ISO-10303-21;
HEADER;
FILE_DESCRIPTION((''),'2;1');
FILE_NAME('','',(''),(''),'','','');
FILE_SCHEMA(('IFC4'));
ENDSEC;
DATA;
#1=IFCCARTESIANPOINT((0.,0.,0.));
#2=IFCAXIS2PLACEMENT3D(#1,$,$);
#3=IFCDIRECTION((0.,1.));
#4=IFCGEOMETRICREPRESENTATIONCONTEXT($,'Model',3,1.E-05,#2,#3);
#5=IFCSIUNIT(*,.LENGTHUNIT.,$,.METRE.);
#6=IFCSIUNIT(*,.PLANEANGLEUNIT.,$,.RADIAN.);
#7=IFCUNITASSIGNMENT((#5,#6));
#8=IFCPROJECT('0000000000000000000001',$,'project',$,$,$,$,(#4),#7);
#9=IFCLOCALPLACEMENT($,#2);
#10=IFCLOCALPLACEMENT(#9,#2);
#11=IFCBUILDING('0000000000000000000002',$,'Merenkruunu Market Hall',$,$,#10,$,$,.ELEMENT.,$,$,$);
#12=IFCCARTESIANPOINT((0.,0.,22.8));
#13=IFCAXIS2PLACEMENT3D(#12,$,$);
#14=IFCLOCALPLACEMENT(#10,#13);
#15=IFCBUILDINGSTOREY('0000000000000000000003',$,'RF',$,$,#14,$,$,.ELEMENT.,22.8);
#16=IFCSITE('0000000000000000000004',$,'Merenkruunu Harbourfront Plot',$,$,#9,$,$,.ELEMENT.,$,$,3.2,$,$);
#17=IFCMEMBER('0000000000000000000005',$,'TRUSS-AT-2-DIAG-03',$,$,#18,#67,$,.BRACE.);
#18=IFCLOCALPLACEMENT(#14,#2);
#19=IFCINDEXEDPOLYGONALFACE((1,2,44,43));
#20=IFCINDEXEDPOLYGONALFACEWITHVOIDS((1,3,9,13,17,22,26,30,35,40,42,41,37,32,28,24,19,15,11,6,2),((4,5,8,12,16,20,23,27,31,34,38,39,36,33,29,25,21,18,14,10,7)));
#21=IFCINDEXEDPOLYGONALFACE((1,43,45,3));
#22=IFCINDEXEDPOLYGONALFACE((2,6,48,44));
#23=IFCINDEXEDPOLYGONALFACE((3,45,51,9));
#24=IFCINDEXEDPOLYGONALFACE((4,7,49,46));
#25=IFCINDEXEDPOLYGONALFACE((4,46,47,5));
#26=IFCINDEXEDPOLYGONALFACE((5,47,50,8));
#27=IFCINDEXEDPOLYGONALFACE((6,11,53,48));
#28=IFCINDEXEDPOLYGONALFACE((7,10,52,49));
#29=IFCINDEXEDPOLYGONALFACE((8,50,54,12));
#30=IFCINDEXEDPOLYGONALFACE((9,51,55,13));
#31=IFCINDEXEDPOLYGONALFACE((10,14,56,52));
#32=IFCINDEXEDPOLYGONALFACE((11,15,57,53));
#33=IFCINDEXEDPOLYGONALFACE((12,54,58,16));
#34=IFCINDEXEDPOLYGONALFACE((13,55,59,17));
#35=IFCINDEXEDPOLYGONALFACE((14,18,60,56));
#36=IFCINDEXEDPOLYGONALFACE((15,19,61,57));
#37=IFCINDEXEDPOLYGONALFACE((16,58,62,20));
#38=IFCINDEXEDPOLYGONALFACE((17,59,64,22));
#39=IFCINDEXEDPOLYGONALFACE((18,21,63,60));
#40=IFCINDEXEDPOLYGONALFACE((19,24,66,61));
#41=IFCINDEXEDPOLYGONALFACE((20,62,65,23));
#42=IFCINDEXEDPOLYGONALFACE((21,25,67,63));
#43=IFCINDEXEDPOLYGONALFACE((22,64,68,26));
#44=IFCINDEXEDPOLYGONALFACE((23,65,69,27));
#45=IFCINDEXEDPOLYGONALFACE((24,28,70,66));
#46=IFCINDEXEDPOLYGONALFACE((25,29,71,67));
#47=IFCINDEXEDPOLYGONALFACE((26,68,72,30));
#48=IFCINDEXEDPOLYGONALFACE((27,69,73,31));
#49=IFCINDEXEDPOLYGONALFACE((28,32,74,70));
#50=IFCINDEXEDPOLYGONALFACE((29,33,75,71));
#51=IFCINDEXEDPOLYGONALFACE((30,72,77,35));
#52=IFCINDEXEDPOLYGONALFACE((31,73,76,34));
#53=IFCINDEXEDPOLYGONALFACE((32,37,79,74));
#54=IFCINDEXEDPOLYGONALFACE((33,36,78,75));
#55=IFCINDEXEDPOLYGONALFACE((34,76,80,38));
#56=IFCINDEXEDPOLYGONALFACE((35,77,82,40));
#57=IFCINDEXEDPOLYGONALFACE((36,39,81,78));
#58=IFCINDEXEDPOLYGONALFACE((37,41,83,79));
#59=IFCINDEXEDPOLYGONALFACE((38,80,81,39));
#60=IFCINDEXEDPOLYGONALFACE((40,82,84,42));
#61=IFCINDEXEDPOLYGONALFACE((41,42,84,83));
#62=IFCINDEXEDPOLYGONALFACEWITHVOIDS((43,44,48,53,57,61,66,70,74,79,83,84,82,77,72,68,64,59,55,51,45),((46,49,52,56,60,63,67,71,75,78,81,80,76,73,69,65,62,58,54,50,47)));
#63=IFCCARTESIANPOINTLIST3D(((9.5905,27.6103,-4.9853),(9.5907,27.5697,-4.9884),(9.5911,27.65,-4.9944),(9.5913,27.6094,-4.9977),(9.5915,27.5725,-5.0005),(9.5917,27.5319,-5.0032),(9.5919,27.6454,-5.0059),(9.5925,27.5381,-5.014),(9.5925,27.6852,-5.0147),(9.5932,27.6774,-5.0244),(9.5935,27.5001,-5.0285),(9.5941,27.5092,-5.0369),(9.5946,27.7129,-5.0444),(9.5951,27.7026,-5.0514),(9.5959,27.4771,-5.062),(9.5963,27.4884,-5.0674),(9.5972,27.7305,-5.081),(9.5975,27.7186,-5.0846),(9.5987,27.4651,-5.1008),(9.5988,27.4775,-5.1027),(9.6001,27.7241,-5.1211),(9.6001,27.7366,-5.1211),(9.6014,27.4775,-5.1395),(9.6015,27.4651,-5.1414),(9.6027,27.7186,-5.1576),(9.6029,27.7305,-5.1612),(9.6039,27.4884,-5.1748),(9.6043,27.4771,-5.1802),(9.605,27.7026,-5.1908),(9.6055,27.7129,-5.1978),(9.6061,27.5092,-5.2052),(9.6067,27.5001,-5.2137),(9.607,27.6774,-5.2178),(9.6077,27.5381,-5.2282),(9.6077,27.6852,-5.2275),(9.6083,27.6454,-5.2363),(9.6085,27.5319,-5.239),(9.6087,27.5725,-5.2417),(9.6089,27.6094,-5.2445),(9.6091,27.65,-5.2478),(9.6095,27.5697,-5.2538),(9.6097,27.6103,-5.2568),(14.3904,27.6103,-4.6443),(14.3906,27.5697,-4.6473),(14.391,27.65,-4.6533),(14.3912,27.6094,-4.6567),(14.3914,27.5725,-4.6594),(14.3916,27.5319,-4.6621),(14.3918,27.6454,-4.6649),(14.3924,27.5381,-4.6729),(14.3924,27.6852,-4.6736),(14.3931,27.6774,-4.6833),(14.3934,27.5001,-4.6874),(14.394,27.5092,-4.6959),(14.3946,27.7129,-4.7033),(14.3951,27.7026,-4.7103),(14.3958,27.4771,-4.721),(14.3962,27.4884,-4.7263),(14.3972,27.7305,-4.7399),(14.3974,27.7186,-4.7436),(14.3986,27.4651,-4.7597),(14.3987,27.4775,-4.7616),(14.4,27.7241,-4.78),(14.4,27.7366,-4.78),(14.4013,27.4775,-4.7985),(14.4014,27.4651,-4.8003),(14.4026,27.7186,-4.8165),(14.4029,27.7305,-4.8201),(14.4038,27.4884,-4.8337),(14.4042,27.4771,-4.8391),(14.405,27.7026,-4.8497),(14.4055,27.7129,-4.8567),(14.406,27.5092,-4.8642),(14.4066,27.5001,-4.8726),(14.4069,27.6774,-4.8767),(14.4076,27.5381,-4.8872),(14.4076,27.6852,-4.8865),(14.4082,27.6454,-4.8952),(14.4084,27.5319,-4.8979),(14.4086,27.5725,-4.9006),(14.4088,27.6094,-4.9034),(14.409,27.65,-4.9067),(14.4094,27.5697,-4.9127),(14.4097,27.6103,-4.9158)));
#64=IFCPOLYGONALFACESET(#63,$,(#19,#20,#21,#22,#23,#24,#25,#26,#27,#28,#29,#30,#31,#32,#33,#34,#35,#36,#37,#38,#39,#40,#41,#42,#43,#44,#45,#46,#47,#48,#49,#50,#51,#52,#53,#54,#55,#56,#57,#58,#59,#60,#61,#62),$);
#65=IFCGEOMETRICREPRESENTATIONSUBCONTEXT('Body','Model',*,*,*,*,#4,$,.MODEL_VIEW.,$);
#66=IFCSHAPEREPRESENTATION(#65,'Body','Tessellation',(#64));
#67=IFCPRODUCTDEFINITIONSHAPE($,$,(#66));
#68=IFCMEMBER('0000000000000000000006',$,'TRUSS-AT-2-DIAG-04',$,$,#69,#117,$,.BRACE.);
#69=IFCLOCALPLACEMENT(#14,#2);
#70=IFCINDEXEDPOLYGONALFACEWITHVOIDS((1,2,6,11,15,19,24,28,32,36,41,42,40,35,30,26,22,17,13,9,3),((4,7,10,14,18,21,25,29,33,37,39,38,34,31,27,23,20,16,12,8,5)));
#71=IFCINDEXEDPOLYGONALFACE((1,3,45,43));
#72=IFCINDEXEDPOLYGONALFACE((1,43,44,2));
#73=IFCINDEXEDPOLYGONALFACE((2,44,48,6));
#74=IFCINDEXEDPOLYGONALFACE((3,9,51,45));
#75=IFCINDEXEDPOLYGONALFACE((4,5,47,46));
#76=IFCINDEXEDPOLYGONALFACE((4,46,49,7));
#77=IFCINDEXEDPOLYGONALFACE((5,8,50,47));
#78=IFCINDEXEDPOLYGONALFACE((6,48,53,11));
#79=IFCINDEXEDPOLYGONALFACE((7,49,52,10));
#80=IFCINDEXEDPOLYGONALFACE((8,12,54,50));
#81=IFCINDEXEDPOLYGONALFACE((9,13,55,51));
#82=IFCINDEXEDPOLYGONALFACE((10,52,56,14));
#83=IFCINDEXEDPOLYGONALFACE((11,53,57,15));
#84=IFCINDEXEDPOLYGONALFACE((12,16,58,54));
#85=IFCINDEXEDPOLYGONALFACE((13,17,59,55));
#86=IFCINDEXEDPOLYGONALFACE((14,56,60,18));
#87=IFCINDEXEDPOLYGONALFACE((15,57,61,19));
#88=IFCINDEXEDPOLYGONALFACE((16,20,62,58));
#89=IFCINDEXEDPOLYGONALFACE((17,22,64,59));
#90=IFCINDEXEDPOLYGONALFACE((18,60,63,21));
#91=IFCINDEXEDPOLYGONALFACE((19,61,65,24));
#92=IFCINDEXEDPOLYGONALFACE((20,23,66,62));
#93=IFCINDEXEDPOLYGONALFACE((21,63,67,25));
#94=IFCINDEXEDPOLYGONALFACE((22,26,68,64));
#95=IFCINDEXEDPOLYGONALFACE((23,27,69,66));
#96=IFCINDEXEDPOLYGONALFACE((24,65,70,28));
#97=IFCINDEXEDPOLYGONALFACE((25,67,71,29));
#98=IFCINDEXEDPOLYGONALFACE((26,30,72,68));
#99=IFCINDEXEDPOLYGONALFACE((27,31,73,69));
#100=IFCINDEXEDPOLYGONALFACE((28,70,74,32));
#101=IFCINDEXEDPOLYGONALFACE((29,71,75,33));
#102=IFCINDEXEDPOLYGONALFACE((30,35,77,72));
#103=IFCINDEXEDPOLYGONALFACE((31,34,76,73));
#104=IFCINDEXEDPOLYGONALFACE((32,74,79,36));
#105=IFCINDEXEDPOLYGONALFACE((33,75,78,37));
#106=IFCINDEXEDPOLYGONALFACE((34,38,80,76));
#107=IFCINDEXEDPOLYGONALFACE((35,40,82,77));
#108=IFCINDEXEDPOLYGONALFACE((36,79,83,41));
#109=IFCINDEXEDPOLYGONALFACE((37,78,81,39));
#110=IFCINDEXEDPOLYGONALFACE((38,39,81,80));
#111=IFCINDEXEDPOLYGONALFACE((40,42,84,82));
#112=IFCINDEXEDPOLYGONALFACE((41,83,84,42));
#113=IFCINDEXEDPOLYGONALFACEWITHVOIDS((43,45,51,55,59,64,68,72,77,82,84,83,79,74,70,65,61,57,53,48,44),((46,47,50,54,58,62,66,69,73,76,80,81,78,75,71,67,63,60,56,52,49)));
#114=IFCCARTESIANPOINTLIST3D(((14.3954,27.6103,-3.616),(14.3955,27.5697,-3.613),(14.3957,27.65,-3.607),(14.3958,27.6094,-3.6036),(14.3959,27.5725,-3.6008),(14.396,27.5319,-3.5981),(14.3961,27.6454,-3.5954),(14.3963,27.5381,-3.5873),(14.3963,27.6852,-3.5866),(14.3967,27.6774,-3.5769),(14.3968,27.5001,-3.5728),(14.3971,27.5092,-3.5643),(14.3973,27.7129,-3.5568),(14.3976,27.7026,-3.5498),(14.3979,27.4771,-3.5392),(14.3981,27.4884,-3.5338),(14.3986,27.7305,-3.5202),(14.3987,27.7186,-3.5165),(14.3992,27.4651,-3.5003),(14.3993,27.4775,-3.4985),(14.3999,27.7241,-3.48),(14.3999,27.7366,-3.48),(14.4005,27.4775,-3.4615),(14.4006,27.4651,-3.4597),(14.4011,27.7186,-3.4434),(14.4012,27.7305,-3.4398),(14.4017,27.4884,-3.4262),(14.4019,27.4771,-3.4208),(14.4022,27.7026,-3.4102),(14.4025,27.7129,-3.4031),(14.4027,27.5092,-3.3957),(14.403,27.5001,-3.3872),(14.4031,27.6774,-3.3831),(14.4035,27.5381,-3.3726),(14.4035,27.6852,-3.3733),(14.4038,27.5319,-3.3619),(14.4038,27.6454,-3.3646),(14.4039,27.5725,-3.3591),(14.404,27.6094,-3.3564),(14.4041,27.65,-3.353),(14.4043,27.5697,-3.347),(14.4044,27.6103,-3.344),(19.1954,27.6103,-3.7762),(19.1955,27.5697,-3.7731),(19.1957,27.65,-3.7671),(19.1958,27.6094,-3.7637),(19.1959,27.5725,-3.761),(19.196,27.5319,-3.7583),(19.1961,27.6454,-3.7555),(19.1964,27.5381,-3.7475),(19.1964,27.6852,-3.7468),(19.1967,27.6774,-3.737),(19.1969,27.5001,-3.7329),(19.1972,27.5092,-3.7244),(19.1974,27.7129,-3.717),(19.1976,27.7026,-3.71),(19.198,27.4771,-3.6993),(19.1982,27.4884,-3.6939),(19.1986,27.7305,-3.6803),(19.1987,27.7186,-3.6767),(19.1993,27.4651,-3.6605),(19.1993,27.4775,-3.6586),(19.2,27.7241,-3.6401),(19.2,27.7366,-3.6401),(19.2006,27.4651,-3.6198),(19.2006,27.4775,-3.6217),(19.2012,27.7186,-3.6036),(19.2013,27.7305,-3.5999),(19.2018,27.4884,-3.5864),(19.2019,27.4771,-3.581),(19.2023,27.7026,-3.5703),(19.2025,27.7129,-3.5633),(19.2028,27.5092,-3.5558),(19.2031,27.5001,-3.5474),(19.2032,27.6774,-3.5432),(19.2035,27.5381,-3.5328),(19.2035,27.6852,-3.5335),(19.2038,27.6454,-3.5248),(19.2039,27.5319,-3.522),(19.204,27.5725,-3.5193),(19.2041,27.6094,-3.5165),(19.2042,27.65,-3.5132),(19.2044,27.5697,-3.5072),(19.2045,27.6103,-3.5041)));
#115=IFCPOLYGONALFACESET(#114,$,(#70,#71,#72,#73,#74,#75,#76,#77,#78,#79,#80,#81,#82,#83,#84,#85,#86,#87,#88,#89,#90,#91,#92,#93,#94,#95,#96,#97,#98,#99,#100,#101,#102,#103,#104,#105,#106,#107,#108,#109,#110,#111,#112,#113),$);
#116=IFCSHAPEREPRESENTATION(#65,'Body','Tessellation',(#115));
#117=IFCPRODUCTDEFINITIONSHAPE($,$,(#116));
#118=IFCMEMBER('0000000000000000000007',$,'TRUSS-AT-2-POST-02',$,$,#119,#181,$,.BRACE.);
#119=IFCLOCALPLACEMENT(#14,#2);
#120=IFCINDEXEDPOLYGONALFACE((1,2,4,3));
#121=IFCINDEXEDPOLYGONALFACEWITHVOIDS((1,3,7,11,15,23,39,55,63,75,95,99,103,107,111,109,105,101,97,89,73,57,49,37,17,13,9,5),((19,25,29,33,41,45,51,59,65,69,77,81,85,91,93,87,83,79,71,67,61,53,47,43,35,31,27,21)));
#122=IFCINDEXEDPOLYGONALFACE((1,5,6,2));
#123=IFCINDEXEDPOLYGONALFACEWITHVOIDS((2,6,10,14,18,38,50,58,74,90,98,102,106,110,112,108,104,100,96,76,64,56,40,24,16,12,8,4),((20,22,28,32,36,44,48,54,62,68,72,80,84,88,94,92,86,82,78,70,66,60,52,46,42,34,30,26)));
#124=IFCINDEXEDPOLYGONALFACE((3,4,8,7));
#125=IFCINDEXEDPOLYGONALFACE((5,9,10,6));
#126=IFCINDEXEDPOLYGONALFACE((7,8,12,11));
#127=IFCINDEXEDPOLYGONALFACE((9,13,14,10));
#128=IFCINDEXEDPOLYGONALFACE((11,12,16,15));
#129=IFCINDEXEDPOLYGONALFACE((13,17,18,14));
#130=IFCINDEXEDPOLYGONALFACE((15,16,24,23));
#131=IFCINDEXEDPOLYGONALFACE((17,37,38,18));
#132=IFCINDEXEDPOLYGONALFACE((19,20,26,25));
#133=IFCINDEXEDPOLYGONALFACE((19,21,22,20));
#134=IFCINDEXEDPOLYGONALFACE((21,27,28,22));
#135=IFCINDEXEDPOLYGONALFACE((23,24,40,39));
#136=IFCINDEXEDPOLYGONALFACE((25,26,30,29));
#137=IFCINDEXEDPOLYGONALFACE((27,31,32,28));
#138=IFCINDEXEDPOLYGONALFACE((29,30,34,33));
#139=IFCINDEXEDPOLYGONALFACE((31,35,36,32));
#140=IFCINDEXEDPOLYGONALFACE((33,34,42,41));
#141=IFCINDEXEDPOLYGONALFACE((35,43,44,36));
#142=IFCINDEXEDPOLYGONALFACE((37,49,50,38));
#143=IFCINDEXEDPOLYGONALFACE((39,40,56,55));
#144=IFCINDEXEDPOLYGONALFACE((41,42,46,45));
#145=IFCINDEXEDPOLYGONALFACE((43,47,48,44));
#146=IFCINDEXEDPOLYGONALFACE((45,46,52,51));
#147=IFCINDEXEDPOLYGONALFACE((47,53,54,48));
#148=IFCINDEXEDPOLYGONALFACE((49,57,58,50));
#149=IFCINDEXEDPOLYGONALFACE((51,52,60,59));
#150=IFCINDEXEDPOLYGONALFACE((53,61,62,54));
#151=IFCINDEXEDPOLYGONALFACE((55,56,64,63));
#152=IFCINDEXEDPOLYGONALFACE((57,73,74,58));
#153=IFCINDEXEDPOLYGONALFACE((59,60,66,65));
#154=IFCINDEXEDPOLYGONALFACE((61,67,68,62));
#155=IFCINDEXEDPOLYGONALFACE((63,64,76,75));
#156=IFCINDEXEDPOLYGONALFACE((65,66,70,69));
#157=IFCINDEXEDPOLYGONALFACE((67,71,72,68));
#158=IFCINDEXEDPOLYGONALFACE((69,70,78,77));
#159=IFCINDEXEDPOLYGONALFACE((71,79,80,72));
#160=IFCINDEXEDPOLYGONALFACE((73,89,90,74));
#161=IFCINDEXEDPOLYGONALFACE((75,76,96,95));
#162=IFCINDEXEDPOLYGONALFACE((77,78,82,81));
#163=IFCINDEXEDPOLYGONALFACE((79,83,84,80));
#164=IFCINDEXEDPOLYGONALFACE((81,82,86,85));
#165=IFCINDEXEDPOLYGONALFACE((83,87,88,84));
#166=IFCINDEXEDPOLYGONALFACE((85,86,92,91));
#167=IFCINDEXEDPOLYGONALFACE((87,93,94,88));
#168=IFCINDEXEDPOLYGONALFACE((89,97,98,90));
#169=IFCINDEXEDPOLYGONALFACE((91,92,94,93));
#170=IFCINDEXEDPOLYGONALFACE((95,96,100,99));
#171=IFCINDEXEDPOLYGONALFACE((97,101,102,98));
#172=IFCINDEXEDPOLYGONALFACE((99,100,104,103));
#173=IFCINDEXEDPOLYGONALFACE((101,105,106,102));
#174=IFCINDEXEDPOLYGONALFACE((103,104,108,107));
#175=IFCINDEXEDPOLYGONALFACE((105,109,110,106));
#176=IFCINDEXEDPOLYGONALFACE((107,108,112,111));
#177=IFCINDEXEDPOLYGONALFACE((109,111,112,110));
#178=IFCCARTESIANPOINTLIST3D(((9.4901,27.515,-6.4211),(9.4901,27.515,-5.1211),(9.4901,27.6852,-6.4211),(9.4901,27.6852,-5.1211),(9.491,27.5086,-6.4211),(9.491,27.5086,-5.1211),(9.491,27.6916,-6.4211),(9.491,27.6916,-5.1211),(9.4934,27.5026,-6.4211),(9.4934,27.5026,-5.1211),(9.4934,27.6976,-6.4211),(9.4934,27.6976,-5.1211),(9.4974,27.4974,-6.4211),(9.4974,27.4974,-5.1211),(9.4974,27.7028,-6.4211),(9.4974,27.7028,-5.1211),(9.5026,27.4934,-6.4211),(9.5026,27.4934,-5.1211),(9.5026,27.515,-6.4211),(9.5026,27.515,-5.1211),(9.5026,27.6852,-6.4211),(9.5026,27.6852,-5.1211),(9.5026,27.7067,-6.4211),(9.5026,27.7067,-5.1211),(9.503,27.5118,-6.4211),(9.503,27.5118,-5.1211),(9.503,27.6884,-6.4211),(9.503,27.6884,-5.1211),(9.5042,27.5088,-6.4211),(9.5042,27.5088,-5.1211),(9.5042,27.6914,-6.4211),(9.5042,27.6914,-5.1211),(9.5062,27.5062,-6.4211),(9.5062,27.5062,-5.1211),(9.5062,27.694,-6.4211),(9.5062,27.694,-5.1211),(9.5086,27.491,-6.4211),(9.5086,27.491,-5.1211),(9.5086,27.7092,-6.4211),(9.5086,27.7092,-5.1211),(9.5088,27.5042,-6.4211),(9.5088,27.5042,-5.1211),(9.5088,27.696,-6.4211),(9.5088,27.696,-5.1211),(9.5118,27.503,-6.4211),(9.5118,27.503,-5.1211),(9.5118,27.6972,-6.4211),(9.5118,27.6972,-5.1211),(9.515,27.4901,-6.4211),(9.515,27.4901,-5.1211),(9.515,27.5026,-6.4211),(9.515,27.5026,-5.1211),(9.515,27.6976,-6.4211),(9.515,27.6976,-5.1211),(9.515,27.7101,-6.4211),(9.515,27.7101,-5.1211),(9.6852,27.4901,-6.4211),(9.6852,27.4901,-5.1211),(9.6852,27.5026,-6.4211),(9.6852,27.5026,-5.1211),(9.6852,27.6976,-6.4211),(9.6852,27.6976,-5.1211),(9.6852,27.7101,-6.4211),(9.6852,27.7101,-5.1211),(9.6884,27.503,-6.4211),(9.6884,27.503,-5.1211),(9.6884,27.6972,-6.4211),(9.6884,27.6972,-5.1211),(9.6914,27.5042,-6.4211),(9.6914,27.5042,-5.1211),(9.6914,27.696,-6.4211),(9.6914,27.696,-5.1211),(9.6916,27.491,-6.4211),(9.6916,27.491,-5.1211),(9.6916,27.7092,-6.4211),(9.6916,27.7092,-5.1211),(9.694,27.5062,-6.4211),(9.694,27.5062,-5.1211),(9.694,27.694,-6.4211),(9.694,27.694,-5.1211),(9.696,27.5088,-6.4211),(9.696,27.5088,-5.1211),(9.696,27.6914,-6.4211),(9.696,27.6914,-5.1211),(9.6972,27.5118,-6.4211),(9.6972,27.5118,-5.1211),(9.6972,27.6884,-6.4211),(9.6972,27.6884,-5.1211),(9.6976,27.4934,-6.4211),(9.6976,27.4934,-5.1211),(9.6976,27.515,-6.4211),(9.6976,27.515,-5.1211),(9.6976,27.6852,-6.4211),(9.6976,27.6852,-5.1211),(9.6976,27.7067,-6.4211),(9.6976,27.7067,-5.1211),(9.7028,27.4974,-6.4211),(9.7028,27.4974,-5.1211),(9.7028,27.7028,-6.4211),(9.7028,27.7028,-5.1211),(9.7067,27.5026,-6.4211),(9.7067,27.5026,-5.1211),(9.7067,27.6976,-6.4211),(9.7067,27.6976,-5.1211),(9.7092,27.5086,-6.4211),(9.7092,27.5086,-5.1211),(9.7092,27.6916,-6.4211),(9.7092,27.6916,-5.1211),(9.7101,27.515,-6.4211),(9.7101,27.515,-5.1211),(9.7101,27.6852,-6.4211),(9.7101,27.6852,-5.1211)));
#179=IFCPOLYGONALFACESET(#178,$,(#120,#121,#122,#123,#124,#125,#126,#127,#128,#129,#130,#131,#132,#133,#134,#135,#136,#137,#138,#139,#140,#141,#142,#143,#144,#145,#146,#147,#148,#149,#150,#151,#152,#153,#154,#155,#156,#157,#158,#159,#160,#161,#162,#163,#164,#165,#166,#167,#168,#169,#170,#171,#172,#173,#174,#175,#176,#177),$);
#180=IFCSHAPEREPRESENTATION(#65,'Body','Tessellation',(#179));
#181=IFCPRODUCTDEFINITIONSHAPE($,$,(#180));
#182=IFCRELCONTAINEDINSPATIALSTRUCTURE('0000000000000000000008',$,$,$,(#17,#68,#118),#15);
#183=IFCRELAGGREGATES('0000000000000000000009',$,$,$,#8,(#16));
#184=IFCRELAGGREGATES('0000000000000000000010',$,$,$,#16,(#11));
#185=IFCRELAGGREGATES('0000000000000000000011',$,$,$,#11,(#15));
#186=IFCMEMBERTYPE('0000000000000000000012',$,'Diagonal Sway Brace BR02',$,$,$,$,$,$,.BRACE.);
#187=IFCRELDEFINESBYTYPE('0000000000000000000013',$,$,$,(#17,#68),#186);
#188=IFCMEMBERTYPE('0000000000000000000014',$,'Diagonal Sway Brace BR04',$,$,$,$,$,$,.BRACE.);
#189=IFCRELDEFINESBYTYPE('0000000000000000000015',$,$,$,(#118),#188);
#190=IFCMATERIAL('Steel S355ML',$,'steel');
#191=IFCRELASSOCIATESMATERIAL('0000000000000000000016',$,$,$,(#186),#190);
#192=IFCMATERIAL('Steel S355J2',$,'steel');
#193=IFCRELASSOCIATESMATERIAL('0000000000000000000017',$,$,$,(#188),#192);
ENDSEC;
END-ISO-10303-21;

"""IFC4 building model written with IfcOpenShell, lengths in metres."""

from ifc_helpers import new_model, si_unit, direction, frame, origin, origin_2d, place, context, subcontext, project, spatial, hollow_rectangle, hollow_circle, extrude, material, material_profile, profile_set, type_object, element, save


model = new_model("IFC4")

# Units and contexts
model_context = context("Model", 3, precision=1e-05, world=origin(), true_north=direction((0.0, 1.0)))
body_context = subcontext(model_context, "Body", "Model", "MODEL_VIEW")
ifc_project = project(units=[si_unit("LENGTHUNIT", "METRE"), si_unit("PLANEANGLEUNIT", "RADIAN")], contexts=[model_context])

# Site, building, storey
site_placement = place(None, origin())
site = spatial("IfcSite", under=ifc_project, at=site_placement, Name="Merenkruunu Harbourfront Plot", CompositionType="ELEMENT", RefElevation=3.2)
building_placement = place(site_placement, origin())
building = spatial("IfcBuilding", under=site, at=building_placement, Name="Merenkruunu Market Hall", CompositionType="ELEMENT")
storey_placement = place(building_placement, frame((0.0, 0.0, 22.8)))
storey = spatial("IfcBuildingStorey", under=building, at=storey_placement, Name="RF", CompositionType="ELEMENT", Elevation=22.8)

# Shared definitions
ifc_material_1 = material(Name="Steel S355ML", Category="steel")

# Members
ifc_material_profile_1 = material_profile(ifc_material_1, hollow_circle(Radius=0.1365, WallThickness=0.0125, at=origin_2d()), Name="CHS 273x12.5")
ifc_profile_set_1 = profile_set([ifc_material_profile_1], Name="Steel S355ML")
member_type_1 = type_object("IfcMemberType", Name="Diagonal Sway Brace BR02", PredefinedType="BRACE", material=ifc_profile_set_1)
member_1_placement = place(storey_placement, frame((9.6001, 27.6001, -5.1211), z_axis=(0.997485, 0.0, 0.070879), x_axis=(0.0, 1.0, 0.0)))
element("IfcMember", 1, at=member_1_placement, inside=storey, type_object=member_type_1, Name="TRUSS-AT-2-DIAG-03", PredefinedType="BRACE", context=body_context, shape_type="SweptSolid", body=[
    extrude(hollow_circle(Radius=0.1365, WallThickness=0.0125, at=origin_2d()), origin(), (0.0, 0.0, 1.0), 4.812),
])
member_2_placement = place(storey_placement, frame((14.3999, 27.6001, -3.48), z_axis=(0.999444, 0.0, -0.033347), x_axis=(0.0, 1.0, 0.0)))
element("IfcMember", 2, at=member_2_placement, inside=storey, type_object=member_type_1, Name="TRUSS-AT-2-DIAG-04", PredefinedType="BRACE", context=body_context, shape_type="SweptSolid", body=[
    extrude(hollow_circle(Radius=0.1365, WallThickness=0.0125, at=origin_2d()), origin(), (0.0, 0.0, 1.0), 4.8027),
])
ifc_material_2 = material(Name="Steel S355J2", Category="steel")
ifc_material_profile_2 = material_profile(ifc_material_2, hollow_rectangle(XDim=0.22, YDim=0.22, WallThickness=0.0125, InnerFilletRadius=0.0125, OuterFilletRadius=0.0249, at=origin_2d()), Name="SHS 220x220x12.5")
ifc_profile_set_2 = profile_set([ifc_material_profile_2], Name="Steel S355J2")
member_type_2 = type_object("IfcMemberType", Name="Diagonal Sway Brace BR04", PredefinedType="BRACE", material=ifc_profile_set_2)
for number, where, z_axis, x_axis, name in (
    (3, (9.6001, 27.6001, -6.4211), (0.0, 0.0, 1.0), (1.0, 0.0, 0.0), "TRUSS-AT-2-POST-02"),
):
    element("IfcMember", number, at=place(storey_placement, frame(where, z_axis=z_axis, x_axis=x_axis)), inside=storey, type_object=member_type_2, Name=name, PredefinedType="BRACE", context=body_context, shape_type="SweptSolid", body=[
        extrude(hollow_rectangle(XDim=0.22, YDim=0.22, WallThickness=0.0125, InnerFilletRadius=0.0125, OuterFilletRadius=0.0249, at=origin_2d()), origin(), (0.0, 0.0, 1.0), 1.3),
    ])

save(model, "model.ifc")
